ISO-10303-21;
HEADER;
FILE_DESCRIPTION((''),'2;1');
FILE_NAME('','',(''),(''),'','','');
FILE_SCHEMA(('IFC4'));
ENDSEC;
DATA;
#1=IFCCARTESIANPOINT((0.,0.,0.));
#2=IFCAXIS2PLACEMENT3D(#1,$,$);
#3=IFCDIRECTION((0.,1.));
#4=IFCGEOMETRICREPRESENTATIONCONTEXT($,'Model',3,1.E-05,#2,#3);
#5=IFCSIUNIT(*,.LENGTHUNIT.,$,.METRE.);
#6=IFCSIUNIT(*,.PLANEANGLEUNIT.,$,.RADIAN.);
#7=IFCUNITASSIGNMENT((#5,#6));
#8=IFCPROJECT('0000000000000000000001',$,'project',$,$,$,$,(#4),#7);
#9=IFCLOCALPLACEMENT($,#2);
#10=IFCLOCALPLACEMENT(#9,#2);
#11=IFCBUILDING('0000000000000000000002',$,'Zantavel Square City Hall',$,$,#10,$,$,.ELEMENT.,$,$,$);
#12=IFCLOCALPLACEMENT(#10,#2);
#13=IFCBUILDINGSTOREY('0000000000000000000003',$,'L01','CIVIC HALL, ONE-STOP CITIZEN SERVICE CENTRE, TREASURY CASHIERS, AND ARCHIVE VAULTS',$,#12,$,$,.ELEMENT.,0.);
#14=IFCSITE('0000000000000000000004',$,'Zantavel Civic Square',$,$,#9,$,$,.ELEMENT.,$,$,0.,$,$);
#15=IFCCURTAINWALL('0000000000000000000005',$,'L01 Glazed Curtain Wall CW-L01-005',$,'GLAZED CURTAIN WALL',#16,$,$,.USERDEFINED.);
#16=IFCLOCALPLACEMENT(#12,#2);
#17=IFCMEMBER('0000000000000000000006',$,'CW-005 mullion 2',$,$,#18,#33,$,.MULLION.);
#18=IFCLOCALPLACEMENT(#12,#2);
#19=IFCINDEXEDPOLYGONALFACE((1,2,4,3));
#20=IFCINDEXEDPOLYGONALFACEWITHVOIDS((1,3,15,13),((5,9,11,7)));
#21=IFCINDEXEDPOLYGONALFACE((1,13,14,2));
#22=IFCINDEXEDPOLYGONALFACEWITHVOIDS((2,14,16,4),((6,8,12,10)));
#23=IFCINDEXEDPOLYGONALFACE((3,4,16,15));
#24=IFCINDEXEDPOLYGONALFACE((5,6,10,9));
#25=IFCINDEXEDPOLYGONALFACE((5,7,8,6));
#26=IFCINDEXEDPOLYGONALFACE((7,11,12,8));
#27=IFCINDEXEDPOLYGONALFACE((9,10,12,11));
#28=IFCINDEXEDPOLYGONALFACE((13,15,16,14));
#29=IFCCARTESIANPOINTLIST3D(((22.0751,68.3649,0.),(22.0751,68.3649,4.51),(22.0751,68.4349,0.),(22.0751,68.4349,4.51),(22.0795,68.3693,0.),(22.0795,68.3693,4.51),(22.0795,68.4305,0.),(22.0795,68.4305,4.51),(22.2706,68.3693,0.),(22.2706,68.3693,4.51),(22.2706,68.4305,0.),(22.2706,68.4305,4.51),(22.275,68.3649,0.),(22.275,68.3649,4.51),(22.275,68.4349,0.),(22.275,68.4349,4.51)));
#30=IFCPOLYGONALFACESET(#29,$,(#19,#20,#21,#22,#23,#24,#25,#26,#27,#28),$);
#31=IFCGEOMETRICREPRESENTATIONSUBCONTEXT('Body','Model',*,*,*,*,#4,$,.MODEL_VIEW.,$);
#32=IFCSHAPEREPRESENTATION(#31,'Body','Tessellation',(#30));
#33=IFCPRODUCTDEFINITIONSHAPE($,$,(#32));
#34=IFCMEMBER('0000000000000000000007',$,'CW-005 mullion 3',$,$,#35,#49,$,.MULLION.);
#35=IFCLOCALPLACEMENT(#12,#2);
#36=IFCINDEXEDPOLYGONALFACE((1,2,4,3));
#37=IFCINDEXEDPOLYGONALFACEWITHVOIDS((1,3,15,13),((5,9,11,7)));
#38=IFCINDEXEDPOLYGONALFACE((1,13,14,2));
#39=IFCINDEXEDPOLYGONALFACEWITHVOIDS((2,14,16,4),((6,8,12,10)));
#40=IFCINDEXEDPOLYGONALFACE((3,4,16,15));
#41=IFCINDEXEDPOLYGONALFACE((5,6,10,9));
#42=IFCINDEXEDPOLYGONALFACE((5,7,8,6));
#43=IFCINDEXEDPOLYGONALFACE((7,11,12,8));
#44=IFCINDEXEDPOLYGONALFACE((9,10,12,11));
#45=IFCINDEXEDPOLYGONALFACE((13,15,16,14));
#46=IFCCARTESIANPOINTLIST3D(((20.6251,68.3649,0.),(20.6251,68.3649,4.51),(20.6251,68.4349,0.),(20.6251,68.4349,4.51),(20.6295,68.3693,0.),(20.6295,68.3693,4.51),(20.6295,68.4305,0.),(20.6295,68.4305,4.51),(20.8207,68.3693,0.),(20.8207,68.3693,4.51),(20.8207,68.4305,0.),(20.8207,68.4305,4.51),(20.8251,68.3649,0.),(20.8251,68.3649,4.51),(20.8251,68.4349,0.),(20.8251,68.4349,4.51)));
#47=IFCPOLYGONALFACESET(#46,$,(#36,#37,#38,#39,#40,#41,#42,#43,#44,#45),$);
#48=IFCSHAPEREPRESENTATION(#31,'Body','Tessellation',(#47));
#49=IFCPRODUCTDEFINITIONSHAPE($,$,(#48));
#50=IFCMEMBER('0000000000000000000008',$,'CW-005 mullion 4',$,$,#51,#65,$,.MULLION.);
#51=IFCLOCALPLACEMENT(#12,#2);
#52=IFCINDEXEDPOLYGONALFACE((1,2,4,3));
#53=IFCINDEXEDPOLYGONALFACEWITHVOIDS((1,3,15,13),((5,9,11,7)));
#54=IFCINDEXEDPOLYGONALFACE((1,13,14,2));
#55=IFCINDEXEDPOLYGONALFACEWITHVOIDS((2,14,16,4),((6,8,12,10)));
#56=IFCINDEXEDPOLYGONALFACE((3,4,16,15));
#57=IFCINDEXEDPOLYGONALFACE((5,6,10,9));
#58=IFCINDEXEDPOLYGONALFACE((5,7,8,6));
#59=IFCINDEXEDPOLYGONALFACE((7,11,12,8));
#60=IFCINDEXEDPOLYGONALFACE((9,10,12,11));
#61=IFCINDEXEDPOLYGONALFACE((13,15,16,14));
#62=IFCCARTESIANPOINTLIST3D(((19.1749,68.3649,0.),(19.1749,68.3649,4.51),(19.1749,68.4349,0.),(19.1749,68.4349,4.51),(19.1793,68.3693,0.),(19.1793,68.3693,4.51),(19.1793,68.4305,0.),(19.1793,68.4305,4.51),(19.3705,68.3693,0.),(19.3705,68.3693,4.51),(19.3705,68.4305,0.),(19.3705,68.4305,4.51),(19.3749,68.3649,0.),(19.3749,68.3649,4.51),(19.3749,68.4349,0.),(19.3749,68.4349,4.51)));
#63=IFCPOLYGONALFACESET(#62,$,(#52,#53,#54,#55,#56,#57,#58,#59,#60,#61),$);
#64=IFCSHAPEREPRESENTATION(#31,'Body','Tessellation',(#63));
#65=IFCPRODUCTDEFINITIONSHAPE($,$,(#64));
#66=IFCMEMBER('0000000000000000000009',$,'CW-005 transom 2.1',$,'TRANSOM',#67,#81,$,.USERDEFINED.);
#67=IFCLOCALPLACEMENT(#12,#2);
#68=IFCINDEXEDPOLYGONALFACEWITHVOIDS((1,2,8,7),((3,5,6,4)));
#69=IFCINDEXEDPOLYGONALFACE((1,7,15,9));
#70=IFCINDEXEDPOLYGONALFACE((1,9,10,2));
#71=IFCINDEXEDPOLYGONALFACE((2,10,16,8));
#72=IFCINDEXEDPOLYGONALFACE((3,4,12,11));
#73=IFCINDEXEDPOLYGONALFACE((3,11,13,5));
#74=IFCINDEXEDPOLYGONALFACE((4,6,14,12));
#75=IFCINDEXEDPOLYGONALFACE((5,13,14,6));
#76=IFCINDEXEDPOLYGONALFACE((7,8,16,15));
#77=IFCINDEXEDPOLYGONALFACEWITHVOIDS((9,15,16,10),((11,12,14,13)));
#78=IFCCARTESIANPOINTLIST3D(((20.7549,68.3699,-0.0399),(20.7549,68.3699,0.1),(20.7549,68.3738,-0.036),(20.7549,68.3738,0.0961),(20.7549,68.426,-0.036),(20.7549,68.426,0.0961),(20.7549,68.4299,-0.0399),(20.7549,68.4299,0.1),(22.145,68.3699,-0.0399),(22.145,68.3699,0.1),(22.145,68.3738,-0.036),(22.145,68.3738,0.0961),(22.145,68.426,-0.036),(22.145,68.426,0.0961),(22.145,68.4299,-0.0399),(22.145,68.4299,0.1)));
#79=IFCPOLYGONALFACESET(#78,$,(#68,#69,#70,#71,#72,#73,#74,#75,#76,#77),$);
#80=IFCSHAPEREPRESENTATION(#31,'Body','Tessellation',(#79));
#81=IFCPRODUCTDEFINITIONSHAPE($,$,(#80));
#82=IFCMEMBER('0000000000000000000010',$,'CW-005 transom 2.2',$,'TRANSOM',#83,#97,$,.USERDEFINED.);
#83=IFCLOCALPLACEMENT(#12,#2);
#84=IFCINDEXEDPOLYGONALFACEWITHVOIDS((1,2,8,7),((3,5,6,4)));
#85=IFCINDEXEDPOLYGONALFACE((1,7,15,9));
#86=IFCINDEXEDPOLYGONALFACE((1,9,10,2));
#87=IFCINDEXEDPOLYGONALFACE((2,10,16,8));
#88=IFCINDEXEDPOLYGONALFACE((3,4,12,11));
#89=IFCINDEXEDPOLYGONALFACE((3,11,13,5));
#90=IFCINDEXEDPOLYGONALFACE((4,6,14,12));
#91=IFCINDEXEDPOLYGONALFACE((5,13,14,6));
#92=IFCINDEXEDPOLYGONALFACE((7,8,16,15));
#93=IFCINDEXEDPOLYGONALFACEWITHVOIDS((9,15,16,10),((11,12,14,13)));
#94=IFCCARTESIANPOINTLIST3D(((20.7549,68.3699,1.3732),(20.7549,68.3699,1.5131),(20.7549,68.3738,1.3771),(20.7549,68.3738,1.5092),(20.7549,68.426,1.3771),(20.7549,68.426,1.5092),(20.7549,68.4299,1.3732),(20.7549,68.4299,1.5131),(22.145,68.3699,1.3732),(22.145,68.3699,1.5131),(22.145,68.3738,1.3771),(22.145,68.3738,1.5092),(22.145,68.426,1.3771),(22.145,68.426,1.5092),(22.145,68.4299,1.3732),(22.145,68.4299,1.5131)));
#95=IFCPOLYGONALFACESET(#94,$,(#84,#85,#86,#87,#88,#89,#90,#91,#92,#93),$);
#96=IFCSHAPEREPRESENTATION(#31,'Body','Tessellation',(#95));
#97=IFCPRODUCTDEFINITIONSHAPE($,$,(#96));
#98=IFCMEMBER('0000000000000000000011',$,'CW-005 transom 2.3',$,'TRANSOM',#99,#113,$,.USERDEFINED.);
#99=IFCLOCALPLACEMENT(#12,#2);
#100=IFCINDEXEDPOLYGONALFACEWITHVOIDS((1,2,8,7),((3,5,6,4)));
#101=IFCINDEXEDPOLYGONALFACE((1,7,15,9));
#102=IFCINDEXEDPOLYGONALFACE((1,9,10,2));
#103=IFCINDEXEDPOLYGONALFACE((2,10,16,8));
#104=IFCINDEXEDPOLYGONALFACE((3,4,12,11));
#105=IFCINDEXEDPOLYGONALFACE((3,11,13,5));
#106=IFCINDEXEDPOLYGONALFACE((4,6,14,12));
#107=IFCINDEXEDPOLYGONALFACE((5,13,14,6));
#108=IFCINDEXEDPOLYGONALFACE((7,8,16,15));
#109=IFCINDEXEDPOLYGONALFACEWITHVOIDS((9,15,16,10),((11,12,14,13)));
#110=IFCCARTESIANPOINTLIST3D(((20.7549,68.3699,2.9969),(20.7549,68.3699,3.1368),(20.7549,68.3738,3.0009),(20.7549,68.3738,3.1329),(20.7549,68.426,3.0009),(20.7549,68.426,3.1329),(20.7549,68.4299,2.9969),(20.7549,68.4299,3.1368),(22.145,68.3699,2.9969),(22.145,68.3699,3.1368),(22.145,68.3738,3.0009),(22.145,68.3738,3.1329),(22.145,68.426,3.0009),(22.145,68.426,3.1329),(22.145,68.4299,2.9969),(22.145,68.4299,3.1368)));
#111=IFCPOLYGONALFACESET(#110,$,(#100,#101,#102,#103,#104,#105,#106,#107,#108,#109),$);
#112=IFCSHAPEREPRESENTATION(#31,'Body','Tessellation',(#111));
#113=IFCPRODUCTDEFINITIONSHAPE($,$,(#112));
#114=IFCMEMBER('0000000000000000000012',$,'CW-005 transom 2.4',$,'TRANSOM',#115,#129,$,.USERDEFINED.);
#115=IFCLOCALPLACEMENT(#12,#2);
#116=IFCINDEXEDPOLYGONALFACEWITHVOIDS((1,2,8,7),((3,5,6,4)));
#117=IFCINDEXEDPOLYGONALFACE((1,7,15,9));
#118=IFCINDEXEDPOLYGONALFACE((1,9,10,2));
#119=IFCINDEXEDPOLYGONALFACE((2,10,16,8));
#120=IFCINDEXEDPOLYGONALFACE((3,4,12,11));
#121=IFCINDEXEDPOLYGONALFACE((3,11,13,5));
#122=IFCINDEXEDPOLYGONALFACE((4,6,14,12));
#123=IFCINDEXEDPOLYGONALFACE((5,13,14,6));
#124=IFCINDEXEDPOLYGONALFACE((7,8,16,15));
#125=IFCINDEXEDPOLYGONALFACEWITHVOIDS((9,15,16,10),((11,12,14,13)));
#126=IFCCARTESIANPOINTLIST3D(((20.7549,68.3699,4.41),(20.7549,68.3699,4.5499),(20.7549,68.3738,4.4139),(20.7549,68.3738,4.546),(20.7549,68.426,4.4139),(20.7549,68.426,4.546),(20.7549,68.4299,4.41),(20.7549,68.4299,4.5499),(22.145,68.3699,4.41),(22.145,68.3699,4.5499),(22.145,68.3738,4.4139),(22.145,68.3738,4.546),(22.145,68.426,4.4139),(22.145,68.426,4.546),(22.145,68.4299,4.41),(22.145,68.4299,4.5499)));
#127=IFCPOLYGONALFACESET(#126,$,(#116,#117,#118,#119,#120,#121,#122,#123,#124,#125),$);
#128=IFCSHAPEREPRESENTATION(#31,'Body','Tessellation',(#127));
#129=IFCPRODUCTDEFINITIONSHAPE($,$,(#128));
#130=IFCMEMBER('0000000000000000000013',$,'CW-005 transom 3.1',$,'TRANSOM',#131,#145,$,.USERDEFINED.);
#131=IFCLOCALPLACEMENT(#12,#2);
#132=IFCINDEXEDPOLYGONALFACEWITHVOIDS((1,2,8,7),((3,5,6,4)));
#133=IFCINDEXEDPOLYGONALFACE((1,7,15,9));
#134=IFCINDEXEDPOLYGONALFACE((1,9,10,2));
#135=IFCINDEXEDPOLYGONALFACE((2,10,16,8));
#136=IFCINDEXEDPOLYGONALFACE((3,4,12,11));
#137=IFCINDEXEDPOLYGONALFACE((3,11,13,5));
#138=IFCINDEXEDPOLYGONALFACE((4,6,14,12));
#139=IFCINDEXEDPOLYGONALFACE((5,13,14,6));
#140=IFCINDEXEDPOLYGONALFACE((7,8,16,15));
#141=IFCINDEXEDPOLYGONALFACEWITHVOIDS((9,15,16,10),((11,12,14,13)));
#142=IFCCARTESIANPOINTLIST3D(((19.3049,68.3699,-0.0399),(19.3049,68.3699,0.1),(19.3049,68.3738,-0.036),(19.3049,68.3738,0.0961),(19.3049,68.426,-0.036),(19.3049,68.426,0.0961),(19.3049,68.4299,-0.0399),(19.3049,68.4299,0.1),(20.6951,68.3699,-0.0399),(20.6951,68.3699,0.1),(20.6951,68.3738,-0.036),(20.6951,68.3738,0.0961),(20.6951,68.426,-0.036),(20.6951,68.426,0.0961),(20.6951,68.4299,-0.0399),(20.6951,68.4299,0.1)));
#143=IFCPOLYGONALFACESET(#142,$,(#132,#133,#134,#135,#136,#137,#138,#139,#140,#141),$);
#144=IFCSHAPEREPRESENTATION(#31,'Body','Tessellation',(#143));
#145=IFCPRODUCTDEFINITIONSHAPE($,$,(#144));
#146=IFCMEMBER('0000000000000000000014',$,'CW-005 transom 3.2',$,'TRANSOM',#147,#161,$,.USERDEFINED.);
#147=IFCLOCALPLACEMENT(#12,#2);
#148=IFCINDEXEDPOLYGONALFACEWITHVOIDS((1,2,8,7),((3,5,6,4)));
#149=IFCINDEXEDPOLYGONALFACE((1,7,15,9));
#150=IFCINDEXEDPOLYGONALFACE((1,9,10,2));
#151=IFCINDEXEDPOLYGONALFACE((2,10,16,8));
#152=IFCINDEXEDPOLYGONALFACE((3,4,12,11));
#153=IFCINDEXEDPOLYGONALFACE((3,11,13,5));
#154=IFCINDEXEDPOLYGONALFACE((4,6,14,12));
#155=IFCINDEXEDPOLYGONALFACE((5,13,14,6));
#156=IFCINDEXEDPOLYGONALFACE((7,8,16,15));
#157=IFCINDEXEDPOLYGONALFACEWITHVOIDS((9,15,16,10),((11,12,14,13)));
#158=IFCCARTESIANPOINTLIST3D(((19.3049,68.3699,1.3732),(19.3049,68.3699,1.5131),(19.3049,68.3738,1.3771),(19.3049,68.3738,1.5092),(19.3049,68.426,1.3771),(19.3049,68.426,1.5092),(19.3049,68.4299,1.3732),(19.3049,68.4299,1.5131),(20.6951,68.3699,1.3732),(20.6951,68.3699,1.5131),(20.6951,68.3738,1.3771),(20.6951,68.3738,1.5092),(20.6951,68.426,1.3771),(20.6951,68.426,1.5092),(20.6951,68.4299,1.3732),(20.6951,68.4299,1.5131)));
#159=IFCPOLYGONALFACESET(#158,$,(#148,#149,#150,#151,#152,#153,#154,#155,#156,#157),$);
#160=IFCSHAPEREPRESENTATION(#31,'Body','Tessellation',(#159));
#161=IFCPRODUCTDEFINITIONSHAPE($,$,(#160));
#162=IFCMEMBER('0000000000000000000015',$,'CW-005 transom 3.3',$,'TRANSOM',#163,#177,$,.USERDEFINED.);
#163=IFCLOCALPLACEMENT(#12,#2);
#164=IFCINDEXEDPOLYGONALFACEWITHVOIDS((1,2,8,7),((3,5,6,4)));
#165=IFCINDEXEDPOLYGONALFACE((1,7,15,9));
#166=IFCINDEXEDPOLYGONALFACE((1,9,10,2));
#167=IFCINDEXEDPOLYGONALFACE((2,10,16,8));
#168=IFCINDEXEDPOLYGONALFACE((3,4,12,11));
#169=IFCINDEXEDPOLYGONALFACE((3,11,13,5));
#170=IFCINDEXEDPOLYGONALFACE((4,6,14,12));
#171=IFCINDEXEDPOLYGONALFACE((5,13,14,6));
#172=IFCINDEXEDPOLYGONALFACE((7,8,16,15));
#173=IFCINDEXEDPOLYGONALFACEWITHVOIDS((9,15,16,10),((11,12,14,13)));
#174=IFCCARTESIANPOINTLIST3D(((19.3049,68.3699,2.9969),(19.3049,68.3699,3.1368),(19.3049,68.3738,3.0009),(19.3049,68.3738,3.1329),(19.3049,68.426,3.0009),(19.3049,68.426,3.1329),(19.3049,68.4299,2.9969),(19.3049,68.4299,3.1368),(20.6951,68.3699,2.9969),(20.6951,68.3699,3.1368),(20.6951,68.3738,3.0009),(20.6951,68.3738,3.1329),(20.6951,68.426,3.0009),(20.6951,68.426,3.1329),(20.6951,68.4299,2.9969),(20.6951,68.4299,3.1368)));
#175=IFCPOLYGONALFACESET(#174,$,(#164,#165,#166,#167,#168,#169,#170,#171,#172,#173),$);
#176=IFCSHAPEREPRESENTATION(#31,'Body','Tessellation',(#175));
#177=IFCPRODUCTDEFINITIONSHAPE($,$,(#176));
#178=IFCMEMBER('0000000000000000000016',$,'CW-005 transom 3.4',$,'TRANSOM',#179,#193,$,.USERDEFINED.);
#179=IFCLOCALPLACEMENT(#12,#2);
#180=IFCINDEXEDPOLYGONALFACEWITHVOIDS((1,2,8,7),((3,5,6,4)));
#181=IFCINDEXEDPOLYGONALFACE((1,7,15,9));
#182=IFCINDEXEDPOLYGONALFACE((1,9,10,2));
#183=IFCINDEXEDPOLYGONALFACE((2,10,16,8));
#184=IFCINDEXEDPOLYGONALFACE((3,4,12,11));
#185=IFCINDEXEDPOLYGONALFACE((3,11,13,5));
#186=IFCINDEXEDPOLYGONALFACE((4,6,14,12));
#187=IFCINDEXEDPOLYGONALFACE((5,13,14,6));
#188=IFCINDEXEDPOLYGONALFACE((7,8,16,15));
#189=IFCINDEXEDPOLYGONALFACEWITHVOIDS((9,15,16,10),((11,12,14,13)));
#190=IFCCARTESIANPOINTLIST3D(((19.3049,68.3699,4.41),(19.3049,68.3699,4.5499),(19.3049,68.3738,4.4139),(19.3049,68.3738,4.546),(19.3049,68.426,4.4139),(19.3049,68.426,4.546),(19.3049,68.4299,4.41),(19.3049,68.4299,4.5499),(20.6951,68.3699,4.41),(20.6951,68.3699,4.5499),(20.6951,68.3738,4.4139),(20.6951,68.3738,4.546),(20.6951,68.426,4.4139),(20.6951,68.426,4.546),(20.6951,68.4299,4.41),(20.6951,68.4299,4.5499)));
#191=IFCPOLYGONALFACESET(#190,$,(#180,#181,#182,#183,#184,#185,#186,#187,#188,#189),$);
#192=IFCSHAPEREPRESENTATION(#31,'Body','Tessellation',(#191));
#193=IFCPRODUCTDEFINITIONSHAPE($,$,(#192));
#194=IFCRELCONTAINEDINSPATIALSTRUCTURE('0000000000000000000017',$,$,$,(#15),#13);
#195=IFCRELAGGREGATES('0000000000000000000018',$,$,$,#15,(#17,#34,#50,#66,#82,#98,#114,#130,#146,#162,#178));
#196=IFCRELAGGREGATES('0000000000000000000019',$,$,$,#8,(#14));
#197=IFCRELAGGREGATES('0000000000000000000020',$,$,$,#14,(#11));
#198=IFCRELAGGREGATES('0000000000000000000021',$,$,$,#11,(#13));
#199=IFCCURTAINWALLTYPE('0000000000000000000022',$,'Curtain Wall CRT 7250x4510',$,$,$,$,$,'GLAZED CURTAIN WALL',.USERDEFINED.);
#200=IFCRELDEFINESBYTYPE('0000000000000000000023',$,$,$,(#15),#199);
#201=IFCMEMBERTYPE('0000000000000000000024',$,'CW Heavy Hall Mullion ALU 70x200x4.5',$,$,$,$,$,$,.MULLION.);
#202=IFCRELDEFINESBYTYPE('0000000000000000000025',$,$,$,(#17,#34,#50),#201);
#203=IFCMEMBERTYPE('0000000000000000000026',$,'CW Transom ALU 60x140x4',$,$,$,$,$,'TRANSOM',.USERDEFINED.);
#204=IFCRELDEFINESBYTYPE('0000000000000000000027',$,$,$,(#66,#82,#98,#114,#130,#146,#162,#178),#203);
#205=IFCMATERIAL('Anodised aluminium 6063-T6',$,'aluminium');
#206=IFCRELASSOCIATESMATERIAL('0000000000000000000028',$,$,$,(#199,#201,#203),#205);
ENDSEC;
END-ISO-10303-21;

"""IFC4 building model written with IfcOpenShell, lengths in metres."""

from ifc_helpers import new_model, si_unit, direction, frame, origin, origin_2d, place, context, subcontext, project, spatial, hollow_rectangle, extrude, material, material_profile, profile_set, type_object, element, aggregate, save


model = new_model("IFC4")

# Units and contexts
model_context = context("Model", 3, precision=1e-05, world=origin(), true_north=direction((0.0, 1.0)))
body_context = subcontext(model_context, "Body", "Model", "MODEL_VIEW")
ifc_project = project(units=[si_unit("LENGTHUNIT", "METRE"), si_unit("PLANEANGLEUNIT", "RADIAN")], contexts=[model_context])

# Site, building, storey
site_placement = place(None, origin())
site = spatial("IfcSite", under=ifc_project, at=site_placement, Name="Zantavel Civic Square", CompositionType="ELEMENT", RefElevation=0.0)
building_placement = place(site_placement, origin())
building = spatial("IfcBuilding", under=site, at=building_placement, Name="Zantavel Square City Hall", CompositionType="ELEMENT")
storey_placement = place(building_placement, origin())
storey = spatial("IfcBuildingStorey", under=building, at=storey_placement, Name="L01", Description="CIVIC HALL, ONE-STOP CITIZEN SERVICE CENTRE, TREASURY CASHIERS, AND ARCHIVE VAULTS", CompositionType="ELEMENT", Elevation=0.0)

# Curtain wall, members
ifc_material_1 = material(Name="Anodised aluminium 6063-T6", Category="aluminium")
curtain_wall_type = type_object("IfcCurtainWallType", Name="Curtain Wall CRT 7250x4510", ElementType="GLAZED CURTAIN WALL", PredefinedType="USERDEFINED", material=ifc_material_1)
curtain_wall_placement = place(storey_placement, origin())
curtain_wall = element("IfcCurtainWall", 1, at=curtain_wall_placement, inside=storey, type_object=curtain_wall_type, Name="L01 Glazed Curtain Wall CW-L01-005", ObjectType="GLAZED CURTAIN WALL", PredefinedType="USERDEFINED")
ifc_material_profile_1 = material_profile(ifc_material_1, hollow_rectangle(XDim=0.0701, YDim=0.2, WallThickness=0.0044, at=origin_2d()), Name="ALU 70x200x4.5")
ifc_profile_set_1 = profile_set([ifc_material_profile_1], Name="Anodised aluminium 6063-T6")
member_type_1 = type_object("IfcMemberType", Name="CW Heavy Hall Mullion ALU 70x200x4.5", PredefinedType="MULLION", material=ifc_profile_set_1)
member_1_placement = place(storey_placement, frame((22.175, 68.3999, 0.0), z_axis=(0.0, 0.0, 1.0), x_axis=(0.0, -1.0, 0.0)))
member_1 = element("IfcMember", 2, at=member_1_placement, type_object=member_type_1, Name="CW-005 mullion 2", PredefinedType="MULLION", context=body_context, shape_type="SweptSolid", body=[
    extrude(hollow_rectangle(XDim=0.0701, YDim=0.2, WallThickness=0.0044, at=origin_2d()), origin(), (0.0, 0.0, 1.0), 4.51),
])
member_2_placement = place(storey_placement, frame((20.7251, 68.3999, 0.0), z_axis=(0.0, 0.0, 1.0), x_axis=(0.0, -1.0, 0.0)))
member_2 = element("IfcMember", 3, at=member_2_placement, type_object=member_type_1, Name="CW-005 mullion 3", PredefinedType="MULLION", context=body_context, shape_type="SweptSolid", body=[
    extrude(hollow_rectangle(XDim=0.0701, YDim=0.2, WallThickness=0.0044, at=origin_2d()), origin(), (0.0, 0.0, 1.0), 4.51),
])
member_3_placement = place(storey_placement, frame((19.2749, 68.3999, 0.0), z_axis=(0.0, 0.0, 1.0), x_axis=(0.0, -1.0, 0.0)))
member_3 = element("IfcMember", 4, at=member_3_placement, type_object=member_type_1, Name="CW-005 mullion 4", PredefinedType="MULLION", context=body_context, shape_type="SweptSolid", body=[
    extrude(hollow_rectangle(XDim=0.0701, YDim=0.2, WallThickness=0.0044, at=origin_2d()), origin(), (0.0, 0.0, 1.0), 4.51),
])
ifc_material_profile_2 = material_profile(ifc_material_1, hollow_rectangle(XDim=0.0601, YDim=0.1399, WallThickness=0.0039, at=origin_2d()), Name="ALU 60x140x4")
ifc_profile_set_2 = profile_set([ifc_material_profile_2], Name="Anodised aluminium 6063-T6")
member_type_2 = type_object("IfcMemberType", Name="CW Transom ALU 60x140x4", ElementType="TRANSOM", PredefinedType="USERDEFINED", material=ifc_profile_set_2)
member_4_placement = place(storey_placement, frame((22.145, 68.3999, 0.03), z_axis=(-1.0, 0.0, 0.0), x_axis=(0.0, -1.0, 0.0)))
member_4 = element("IfcMember", 5, at=member_4_placement, type_object=member_type_2, Name="CW-005 transom 2.1", ObjectType="TRANSOM", PredefinedType="USERDEFINED", context=body_context, shape_type="SweptSolid", body=[
    extrude(hollow_rectangle(XDim=0.0601, YDim=0.1399, WallThickness=0.0039, at=origin_2d()), origin(), (0.0, 0.0, 1.0), 1.3901),
])
member_5_placement = place(storey_placement, frame((22.145, 68.3999, 1.4431), z_axis=(-1.0, 0.0, 0.0), x_axis=(0.0, -1.0, 0.0)))
member_5 = element("IfcMember", 6, at=member_5_placement, type_object=member_type_2, Name="CW-005 transom 2.2", ObjectType="TRANSOM", PredefinedType="USERDEFINED", context=body_context, shape_type="SweptSolid", body=[
    extrude(hollow_rectangle(XDim=0.0601, YDim=0.1399, WallThickness=0.0039, at=origin_2d()), origin(), (0.0, 0.0, 1.0), 1.3901),
])
member_6_placement = place(storey_placement, frame((22.145, 68.3999, 3.0669), z_axis=(-1.0, 0.0, 0.0), x_axis=(0.0, -1.0, 0.0)))
member_6 = element("IfcMember", 7, at=member_6_placement, type_object=member_type_2, Name="CW-005 transom 2.3", ObjectType="TRANSOM", PredefinedType="USERDEFINED", context=body_context, shape_type="SweptSolid", body=[
    extrude(hollow_rectangle(XDim=0.0601, YDim=0.1399, WallThickness=0.0039, at=origin_2d()), origin(), (0.0, 0.0, 1.0), 1.3901),
])
member_7_placement = place(storey_placement, frame((22.145, 68.3999, 4.48), z_axis=(-1.0, 0.0, 0.0), x_axis=(0.0, -1.0, 0.0)))
member_7 = element("IfcMember", 8, at=member_7_placement, type_object=member_type_2, Name="CW-005 transom 2.4", ObjectType="TRANSOM", PredefinedType="USERDEFINED", context=body_context, shape_type="SweptSolid", body=[
    extrude(hollow_rectangle(XDim=0.0601, YDim=0.1399, WallThickness=0.0039, at=origin_2d()), origin(), (0.0, 0.0, 1.0), 1.3901),
])
member_8_placement = place(storey_placement, frame((20.6951, 68.3999, 0.03), z_axis=(-1.0, 0.0, 0.0), x_axis=(0.0, -1.0, 0.0)))
member_8 = element("IfcMember", 9, at=member_8_placement, type_object=member_type_2, Name="CW-005 transom 3.1", ObjectType="TRANSOM", PredefinedType="USERDEFINED", context=body_context, shape_type="SweptSolid", body=[
    extrude(hollow_rectangle(XDim=0.0601, YDim=0.1399, WallThickness=0.0039, at=origin_2d()), origin(), (0.0, 0.0, 1.0), 1.3901),
])
member_9_placement = place(storey_placement, frame((20.6951, 68.3999, 1.4431), z_axis=(-1.0, 0.0, 0.0), x_axis=(0.0, -1.0, 0.0)))
member_9 = element("IfcMember", 10, at=member_9_placement, type_object=member_type_2, Name="CW-005 transom 3.2", ObjectType="TRANSOM", PredefinedType="USERDEFINED", context=body_context, shape_type="SweptSolid", body=[
    extrude(hollow_rectangle(XDim=0.0601, YDim=0.1399, WallThickness=0.0039, at=origin_2d()), origin(), (0.0, 0.0, 1.0), 1.3901),
])
member_10_placement = place(storey_placement, frame((20.6951, 68.3999, 3.0669), z_axis=(-1.0, 0.0, 0.0), x_axis=(0.0, -1.0, 0.0)))
member_10 = element("IfcMember", 11, at=member_10_placement, type_object=member_type_2, Name="CW-005 transom 3.3", ObjectType="TRANSOM", PredefinedType="USERDEFINED", context=body_context, shape_type="SweptSolid", body=[
    extrude(hollow_rectangle(XDim=0.0601, YDim=0.1399, WallThickness=0.0039, at=origin_2d()), origin(), (0.0, 0.0, 1.0), 1.3901),
])
member_11_placement = place(storey_placement, frame((20.6951, 68.3999, 4.48), z_axis=(-1.0, 0.0, 0.0), x_axis=(0.0, -1.0, 0.0)))
member_11 = element("IfcMember", 12, at=member_11_placement, type_object=member_type_2, Name="CW-005 transom 3.4", ObjectType="TRANSOM", PredefinedType="USERDEFINED", context=body_context, shape_type="SweptSolid", body=[
    extrude(hollow_rectangle(XDim=0.0601, YDim=0.1399, WallThickness=0.0039, at=origin_2d()), origin(), (0.0, 0.0, 1.0), 1.3901),
])
aggregate(curtain_wall, [member_1, member_2, member_3, member_4, member_5, member_6, member_7, member_8, member_9, member_10, member_11])

save(model, "model.ifc")
